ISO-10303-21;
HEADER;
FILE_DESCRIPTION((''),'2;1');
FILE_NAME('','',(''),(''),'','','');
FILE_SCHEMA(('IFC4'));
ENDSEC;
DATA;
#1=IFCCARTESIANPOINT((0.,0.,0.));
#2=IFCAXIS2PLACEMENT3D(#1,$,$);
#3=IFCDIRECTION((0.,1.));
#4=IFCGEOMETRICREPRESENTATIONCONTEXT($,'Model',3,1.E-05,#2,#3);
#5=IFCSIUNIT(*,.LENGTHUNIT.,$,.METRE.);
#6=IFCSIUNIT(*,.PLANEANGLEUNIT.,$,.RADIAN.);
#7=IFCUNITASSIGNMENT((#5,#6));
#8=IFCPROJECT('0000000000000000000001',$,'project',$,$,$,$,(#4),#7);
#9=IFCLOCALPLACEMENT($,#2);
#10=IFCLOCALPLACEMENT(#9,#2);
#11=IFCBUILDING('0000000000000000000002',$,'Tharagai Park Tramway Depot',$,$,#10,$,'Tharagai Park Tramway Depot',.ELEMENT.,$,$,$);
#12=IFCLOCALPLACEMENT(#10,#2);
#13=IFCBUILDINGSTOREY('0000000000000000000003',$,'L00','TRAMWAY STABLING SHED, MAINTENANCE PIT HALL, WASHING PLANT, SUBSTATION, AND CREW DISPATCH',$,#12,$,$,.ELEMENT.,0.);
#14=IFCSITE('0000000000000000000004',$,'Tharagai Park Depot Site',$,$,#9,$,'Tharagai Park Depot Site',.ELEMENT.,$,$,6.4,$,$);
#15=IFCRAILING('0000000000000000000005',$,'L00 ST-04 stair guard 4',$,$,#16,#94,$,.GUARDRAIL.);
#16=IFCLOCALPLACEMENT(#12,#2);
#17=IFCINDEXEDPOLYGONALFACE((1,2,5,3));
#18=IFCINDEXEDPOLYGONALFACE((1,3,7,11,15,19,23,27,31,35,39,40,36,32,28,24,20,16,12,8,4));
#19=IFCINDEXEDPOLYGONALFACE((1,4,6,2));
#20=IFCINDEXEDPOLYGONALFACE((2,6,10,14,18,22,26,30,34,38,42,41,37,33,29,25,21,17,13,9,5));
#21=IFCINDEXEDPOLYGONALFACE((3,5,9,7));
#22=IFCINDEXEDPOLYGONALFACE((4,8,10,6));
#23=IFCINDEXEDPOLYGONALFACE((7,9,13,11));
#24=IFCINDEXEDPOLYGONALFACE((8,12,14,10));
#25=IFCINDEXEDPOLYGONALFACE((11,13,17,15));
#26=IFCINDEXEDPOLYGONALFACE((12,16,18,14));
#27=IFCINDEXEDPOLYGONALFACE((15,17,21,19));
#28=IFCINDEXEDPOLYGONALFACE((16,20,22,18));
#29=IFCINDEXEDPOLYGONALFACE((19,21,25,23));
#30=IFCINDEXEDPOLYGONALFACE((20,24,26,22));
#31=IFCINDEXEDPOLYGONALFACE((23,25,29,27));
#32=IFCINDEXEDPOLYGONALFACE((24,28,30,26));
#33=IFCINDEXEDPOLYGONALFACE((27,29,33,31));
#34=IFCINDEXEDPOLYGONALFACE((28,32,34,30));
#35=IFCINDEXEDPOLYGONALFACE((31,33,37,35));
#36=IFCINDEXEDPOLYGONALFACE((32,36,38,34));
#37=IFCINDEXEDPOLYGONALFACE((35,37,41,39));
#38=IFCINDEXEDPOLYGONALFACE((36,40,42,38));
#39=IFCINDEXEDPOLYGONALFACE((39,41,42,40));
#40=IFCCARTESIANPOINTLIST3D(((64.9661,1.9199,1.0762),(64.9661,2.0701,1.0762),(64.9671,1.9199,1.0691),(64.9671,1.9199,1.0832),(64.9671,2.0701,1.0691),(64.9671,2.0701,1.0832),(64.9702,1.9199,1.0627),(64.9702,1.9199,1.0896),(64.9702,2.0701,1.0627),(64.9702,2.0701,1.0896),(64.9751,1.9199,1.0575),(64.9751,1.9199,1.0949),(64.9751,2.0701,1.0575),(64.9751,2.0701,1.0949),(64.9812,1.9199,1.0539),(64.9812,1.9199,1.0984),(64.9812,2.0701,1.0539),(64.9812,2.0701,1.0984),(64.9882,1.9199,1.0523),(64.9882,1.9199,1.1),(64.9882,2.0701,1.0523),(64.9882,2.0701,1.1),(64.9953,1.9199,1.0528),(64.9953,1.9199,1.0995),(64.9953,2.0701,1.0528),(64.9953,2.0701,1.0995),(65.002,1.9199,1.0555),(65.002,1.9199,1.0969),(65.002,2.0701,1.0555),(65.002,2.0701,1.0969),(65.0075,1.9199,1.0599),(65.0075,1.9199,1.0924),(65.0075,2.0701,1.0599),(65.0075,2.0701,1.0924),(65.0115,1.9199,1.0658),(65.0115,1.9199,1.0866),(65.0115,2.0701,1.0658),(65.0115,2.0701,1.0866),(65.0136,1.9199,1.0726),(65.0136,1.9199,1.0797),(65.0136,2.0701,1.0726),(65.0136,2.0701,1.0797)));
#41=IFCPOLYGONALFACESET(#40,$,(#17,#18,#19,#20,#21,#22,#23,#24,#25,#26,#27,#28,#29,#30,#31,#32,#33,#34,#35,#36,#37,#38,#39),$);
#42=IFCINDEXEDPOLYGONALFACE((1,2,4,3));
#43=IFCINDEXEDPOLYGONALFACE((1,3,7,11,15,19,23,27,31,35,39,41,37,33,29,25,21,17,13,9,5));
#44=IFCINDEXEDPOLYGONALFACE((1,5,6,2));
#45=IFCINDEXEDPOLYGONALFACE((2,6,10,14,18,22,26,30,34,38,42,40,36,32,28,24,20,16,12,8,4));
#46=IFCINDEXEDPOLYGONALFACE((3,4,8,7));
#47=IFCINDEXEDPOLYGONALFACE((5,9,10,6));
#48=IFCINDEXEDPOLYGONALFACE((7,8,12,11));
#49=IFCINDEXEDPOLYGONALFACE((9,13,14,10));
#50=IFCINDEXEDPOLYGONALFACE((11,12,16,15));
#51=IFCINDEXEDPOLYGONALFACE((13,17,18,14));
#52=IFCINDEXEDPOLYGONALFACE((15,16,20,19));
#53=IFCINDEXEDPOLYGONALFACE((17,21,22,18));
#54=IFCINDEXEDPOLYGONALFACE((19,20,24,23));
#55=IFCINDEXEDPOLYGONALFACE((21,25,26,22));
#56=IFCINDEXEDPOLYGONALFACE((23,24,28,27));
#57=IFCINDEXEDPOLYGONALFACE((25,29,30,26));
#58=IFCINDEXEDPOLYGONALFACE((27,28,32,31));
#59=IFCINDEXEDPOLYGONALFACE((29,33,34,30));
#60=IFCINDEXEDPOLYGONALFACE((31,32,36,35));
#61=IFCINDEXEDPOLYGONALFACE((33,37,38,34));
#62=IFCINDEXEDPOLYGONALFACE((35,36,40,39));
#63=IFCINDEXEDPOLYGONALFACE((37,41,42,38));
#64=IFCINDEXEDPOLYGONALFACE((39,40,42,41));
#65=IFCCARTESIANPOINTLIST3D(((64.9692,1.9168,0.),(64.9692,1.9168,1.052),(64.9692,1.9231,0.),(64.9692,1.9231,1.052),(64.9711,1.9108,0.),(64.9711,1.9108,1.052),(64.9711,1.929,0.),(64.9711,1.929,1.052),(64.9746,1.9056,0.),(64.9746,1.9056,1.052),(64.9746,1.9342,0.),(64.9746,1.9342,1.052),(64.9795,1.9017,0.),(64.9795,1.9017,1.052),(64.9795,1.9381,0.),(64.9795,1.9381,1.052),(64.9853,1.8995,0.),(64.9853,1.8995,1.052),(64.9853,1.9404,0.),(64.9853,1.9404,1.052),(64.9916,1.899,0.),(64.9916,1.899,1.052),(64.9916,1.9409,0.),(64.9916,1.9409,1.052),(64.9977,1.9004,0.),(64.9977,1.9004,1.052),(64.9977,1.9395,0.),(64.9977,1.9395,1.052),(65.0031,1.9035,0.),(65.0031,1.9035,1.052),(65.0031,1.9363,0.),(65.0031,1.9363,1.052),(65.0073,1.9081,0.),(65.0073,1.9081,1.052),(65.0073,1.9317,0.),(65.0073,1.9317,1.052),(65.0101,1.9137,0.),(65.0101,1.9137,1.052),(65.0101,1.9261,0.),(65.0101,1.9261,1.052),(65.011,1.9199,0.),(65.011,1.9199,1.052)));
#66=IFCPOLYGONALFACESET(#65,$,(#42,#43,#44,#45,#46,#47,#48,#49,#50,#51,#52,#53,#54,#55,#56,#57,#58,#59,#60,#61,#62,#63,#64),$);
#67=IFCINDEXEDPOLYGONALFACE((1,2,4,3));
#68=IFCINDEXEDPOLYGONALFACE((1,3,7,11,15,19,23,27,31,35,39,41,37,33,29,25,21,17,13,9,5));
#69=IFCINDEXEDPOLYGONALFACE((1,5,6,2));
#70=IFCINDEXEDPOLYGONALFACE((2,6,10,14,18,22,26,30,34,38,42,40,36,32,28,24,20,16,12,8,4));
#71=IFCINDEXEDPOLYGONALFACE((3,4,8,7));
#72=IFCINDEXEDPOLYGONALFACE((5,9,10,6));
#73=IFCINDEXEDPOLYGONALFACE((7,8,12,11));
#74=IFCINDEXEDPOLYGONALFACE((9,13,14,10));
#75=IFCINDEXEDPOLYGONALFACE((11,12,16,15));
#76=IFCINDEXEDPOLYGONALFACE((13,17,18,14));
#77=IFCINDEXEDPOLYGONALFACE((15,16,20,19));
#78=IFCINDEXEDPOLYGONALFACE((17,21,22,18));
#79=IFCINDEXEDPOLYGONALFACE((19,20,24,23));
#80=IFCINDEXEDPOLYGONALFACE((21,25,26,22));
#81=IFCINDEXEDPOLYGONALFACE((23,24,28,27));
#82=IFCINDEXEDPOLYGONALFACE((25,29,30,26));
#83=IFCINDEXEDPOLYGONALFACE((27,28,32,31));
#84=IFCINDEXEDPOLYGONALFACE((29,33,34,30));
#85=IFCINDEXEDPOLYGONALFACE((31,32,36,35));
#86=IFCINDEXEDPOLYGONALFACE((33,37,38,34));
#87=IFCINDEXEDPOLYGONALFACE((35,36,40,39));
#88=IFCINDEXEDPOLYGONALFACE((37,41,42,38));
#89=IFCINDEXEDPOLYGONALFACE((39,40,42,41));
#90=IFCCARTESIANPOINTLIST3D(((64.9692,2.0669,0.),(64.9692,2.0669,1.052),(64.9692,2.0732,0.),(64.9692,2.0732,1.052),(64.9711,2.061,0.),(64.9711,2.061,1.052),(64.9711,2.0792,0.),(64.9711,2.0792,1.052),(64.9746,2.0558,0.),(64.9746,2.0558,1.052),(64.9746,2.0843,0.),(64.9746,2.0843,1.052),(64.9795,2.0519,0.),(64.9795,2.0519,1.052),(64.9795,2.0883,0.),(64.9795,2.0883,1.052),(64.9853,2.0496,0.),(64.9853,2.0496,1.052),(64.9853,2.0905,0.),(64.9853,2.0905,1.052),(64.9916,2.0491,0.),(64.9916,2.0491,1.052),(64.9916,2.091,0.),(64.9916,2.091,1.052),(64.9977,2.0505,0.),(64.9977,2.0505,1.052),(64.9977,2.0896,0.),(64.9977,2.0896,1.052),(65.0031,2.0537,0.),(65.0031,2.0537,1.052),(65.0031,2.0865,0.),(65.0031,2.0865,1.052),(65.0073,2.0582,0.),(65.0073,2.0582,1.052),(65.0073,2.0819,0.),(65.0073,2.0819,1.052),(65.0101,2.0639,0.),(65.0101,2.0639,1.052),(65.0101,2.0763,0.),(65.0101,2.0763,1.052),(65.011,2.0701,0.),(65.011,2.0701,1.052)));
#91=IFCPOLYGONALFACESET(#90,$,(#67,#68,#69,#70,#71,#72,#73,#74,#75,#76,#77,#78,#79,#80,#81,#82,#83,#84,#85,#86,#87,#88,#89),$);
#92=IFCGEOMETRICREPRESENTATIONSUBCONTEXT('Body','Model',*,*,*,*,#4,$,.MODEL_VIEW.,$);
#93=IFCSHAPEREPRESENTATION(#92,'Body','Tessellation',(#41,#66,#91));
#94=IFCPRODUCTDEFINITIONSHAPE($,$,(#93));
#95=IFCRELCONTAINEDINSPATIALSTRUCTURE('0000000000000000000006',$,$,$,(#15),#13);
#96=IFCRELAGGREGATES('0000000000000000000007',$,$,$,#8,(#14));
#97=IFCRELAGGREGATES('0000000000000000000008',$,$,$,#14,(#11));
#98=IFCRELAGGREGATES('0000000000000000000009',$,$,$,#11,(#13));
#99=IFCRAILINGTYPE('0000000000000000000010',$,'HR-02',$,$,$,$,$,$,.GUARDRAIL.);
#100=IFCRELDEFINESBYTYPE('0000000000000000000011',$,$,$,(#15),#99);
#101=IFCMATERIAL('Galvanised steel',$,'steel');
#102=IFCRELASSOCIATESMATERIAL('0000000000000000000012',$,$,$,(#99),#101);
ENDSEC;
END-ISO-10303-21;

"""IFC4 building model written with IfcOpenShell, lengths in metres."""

from ifc_helpers import new_model, si_unit, direction, frame, origin, origin_2d, place, context, subcontext, project, spatial, circle, extrude, material, type_object, element, save


model = new_model("IFC4")

# Units and contexts
model_context = context("Model", 3, precision=1e-05, world=origin(), true_north=direction((0.0, 1.0)))
body_context = subcontext(model_context, "Body", "Model", "MODEL_VIEW")
ifc_project = project(units=[si_unit("LENGTHUNIT", "METRE"), si_unit("PLANEANGLEUNIT", "RADIAN")], contexts=[model_context])

# Site, building, storey
site_placement = place(None, origin())
site = spatial("IfcSite", under=ifc_project, at=site_placement, Name="Tharagai Park Depot Site", LongName="Tharagai Park Depot Site", CompositionType="ELEMENT", RefElevation=6.4)
building_placement = place(site_placement, origin())
building = spatial("IfcBuilding", under=site, at=building_placement, Name="Tharagai Park Tramway Depot", LongName="Tharagai Park Tramway Depot", CompositionType="ELEMENT")
storey_placement = place(building_placement, origin())
storey = spatial("IfcBuildingStorey", under=building, at=storey_placement, Name="L00", Description="TRAMWAY STABLING SHED, MAINTENANCE PIT HALL, WASHING PLANT, SUBSTATION, AND CREW DISPATCH", CompositionType="ELEMENT", Elevation=0.0)

# Shared definitions
ifc_material_1 = material(Name="Galvanised steel", Category="steel")

# Railing
railing_type_1 = type_object("IfcRailingType", Name="HR-02", PredefinedType="GUARDRAIL", material=ifc_material_1)
railing_1_placement = place(storey_placement, frame((64.99, 1.9199, 0.0)))
element("IfcRailing", 1, at=railing_1_placement, inside=storey, type_object=railing_type_1, Name="L00 ST-04 stair guard 4", PredefinedType="GUARDRAIL", context=body_context, shape_type="SweptSolid", body=[
    extrude(circle(Radius=0.0239, at=origin_2d()), frame((0.0, 0.0, 1.0762), z_axis=(0.0, 1.0, 0.0), x_axis=(-1.0, 0.0, 0.0)), (0.0, 0.0, 1.0), 0.1501),
    extrude(circle(Radius=0.021, at=origin_2d()), origin(), (0.0, 0.0, 1.0), 1.052),
    extrude(circle(Radius=0.021, at=origin_2d()), frame((0.0, 0.1501, 0.0)), (0.0, 0.0, 1.0), 1.052),
])

save(model, "model.ifc")
